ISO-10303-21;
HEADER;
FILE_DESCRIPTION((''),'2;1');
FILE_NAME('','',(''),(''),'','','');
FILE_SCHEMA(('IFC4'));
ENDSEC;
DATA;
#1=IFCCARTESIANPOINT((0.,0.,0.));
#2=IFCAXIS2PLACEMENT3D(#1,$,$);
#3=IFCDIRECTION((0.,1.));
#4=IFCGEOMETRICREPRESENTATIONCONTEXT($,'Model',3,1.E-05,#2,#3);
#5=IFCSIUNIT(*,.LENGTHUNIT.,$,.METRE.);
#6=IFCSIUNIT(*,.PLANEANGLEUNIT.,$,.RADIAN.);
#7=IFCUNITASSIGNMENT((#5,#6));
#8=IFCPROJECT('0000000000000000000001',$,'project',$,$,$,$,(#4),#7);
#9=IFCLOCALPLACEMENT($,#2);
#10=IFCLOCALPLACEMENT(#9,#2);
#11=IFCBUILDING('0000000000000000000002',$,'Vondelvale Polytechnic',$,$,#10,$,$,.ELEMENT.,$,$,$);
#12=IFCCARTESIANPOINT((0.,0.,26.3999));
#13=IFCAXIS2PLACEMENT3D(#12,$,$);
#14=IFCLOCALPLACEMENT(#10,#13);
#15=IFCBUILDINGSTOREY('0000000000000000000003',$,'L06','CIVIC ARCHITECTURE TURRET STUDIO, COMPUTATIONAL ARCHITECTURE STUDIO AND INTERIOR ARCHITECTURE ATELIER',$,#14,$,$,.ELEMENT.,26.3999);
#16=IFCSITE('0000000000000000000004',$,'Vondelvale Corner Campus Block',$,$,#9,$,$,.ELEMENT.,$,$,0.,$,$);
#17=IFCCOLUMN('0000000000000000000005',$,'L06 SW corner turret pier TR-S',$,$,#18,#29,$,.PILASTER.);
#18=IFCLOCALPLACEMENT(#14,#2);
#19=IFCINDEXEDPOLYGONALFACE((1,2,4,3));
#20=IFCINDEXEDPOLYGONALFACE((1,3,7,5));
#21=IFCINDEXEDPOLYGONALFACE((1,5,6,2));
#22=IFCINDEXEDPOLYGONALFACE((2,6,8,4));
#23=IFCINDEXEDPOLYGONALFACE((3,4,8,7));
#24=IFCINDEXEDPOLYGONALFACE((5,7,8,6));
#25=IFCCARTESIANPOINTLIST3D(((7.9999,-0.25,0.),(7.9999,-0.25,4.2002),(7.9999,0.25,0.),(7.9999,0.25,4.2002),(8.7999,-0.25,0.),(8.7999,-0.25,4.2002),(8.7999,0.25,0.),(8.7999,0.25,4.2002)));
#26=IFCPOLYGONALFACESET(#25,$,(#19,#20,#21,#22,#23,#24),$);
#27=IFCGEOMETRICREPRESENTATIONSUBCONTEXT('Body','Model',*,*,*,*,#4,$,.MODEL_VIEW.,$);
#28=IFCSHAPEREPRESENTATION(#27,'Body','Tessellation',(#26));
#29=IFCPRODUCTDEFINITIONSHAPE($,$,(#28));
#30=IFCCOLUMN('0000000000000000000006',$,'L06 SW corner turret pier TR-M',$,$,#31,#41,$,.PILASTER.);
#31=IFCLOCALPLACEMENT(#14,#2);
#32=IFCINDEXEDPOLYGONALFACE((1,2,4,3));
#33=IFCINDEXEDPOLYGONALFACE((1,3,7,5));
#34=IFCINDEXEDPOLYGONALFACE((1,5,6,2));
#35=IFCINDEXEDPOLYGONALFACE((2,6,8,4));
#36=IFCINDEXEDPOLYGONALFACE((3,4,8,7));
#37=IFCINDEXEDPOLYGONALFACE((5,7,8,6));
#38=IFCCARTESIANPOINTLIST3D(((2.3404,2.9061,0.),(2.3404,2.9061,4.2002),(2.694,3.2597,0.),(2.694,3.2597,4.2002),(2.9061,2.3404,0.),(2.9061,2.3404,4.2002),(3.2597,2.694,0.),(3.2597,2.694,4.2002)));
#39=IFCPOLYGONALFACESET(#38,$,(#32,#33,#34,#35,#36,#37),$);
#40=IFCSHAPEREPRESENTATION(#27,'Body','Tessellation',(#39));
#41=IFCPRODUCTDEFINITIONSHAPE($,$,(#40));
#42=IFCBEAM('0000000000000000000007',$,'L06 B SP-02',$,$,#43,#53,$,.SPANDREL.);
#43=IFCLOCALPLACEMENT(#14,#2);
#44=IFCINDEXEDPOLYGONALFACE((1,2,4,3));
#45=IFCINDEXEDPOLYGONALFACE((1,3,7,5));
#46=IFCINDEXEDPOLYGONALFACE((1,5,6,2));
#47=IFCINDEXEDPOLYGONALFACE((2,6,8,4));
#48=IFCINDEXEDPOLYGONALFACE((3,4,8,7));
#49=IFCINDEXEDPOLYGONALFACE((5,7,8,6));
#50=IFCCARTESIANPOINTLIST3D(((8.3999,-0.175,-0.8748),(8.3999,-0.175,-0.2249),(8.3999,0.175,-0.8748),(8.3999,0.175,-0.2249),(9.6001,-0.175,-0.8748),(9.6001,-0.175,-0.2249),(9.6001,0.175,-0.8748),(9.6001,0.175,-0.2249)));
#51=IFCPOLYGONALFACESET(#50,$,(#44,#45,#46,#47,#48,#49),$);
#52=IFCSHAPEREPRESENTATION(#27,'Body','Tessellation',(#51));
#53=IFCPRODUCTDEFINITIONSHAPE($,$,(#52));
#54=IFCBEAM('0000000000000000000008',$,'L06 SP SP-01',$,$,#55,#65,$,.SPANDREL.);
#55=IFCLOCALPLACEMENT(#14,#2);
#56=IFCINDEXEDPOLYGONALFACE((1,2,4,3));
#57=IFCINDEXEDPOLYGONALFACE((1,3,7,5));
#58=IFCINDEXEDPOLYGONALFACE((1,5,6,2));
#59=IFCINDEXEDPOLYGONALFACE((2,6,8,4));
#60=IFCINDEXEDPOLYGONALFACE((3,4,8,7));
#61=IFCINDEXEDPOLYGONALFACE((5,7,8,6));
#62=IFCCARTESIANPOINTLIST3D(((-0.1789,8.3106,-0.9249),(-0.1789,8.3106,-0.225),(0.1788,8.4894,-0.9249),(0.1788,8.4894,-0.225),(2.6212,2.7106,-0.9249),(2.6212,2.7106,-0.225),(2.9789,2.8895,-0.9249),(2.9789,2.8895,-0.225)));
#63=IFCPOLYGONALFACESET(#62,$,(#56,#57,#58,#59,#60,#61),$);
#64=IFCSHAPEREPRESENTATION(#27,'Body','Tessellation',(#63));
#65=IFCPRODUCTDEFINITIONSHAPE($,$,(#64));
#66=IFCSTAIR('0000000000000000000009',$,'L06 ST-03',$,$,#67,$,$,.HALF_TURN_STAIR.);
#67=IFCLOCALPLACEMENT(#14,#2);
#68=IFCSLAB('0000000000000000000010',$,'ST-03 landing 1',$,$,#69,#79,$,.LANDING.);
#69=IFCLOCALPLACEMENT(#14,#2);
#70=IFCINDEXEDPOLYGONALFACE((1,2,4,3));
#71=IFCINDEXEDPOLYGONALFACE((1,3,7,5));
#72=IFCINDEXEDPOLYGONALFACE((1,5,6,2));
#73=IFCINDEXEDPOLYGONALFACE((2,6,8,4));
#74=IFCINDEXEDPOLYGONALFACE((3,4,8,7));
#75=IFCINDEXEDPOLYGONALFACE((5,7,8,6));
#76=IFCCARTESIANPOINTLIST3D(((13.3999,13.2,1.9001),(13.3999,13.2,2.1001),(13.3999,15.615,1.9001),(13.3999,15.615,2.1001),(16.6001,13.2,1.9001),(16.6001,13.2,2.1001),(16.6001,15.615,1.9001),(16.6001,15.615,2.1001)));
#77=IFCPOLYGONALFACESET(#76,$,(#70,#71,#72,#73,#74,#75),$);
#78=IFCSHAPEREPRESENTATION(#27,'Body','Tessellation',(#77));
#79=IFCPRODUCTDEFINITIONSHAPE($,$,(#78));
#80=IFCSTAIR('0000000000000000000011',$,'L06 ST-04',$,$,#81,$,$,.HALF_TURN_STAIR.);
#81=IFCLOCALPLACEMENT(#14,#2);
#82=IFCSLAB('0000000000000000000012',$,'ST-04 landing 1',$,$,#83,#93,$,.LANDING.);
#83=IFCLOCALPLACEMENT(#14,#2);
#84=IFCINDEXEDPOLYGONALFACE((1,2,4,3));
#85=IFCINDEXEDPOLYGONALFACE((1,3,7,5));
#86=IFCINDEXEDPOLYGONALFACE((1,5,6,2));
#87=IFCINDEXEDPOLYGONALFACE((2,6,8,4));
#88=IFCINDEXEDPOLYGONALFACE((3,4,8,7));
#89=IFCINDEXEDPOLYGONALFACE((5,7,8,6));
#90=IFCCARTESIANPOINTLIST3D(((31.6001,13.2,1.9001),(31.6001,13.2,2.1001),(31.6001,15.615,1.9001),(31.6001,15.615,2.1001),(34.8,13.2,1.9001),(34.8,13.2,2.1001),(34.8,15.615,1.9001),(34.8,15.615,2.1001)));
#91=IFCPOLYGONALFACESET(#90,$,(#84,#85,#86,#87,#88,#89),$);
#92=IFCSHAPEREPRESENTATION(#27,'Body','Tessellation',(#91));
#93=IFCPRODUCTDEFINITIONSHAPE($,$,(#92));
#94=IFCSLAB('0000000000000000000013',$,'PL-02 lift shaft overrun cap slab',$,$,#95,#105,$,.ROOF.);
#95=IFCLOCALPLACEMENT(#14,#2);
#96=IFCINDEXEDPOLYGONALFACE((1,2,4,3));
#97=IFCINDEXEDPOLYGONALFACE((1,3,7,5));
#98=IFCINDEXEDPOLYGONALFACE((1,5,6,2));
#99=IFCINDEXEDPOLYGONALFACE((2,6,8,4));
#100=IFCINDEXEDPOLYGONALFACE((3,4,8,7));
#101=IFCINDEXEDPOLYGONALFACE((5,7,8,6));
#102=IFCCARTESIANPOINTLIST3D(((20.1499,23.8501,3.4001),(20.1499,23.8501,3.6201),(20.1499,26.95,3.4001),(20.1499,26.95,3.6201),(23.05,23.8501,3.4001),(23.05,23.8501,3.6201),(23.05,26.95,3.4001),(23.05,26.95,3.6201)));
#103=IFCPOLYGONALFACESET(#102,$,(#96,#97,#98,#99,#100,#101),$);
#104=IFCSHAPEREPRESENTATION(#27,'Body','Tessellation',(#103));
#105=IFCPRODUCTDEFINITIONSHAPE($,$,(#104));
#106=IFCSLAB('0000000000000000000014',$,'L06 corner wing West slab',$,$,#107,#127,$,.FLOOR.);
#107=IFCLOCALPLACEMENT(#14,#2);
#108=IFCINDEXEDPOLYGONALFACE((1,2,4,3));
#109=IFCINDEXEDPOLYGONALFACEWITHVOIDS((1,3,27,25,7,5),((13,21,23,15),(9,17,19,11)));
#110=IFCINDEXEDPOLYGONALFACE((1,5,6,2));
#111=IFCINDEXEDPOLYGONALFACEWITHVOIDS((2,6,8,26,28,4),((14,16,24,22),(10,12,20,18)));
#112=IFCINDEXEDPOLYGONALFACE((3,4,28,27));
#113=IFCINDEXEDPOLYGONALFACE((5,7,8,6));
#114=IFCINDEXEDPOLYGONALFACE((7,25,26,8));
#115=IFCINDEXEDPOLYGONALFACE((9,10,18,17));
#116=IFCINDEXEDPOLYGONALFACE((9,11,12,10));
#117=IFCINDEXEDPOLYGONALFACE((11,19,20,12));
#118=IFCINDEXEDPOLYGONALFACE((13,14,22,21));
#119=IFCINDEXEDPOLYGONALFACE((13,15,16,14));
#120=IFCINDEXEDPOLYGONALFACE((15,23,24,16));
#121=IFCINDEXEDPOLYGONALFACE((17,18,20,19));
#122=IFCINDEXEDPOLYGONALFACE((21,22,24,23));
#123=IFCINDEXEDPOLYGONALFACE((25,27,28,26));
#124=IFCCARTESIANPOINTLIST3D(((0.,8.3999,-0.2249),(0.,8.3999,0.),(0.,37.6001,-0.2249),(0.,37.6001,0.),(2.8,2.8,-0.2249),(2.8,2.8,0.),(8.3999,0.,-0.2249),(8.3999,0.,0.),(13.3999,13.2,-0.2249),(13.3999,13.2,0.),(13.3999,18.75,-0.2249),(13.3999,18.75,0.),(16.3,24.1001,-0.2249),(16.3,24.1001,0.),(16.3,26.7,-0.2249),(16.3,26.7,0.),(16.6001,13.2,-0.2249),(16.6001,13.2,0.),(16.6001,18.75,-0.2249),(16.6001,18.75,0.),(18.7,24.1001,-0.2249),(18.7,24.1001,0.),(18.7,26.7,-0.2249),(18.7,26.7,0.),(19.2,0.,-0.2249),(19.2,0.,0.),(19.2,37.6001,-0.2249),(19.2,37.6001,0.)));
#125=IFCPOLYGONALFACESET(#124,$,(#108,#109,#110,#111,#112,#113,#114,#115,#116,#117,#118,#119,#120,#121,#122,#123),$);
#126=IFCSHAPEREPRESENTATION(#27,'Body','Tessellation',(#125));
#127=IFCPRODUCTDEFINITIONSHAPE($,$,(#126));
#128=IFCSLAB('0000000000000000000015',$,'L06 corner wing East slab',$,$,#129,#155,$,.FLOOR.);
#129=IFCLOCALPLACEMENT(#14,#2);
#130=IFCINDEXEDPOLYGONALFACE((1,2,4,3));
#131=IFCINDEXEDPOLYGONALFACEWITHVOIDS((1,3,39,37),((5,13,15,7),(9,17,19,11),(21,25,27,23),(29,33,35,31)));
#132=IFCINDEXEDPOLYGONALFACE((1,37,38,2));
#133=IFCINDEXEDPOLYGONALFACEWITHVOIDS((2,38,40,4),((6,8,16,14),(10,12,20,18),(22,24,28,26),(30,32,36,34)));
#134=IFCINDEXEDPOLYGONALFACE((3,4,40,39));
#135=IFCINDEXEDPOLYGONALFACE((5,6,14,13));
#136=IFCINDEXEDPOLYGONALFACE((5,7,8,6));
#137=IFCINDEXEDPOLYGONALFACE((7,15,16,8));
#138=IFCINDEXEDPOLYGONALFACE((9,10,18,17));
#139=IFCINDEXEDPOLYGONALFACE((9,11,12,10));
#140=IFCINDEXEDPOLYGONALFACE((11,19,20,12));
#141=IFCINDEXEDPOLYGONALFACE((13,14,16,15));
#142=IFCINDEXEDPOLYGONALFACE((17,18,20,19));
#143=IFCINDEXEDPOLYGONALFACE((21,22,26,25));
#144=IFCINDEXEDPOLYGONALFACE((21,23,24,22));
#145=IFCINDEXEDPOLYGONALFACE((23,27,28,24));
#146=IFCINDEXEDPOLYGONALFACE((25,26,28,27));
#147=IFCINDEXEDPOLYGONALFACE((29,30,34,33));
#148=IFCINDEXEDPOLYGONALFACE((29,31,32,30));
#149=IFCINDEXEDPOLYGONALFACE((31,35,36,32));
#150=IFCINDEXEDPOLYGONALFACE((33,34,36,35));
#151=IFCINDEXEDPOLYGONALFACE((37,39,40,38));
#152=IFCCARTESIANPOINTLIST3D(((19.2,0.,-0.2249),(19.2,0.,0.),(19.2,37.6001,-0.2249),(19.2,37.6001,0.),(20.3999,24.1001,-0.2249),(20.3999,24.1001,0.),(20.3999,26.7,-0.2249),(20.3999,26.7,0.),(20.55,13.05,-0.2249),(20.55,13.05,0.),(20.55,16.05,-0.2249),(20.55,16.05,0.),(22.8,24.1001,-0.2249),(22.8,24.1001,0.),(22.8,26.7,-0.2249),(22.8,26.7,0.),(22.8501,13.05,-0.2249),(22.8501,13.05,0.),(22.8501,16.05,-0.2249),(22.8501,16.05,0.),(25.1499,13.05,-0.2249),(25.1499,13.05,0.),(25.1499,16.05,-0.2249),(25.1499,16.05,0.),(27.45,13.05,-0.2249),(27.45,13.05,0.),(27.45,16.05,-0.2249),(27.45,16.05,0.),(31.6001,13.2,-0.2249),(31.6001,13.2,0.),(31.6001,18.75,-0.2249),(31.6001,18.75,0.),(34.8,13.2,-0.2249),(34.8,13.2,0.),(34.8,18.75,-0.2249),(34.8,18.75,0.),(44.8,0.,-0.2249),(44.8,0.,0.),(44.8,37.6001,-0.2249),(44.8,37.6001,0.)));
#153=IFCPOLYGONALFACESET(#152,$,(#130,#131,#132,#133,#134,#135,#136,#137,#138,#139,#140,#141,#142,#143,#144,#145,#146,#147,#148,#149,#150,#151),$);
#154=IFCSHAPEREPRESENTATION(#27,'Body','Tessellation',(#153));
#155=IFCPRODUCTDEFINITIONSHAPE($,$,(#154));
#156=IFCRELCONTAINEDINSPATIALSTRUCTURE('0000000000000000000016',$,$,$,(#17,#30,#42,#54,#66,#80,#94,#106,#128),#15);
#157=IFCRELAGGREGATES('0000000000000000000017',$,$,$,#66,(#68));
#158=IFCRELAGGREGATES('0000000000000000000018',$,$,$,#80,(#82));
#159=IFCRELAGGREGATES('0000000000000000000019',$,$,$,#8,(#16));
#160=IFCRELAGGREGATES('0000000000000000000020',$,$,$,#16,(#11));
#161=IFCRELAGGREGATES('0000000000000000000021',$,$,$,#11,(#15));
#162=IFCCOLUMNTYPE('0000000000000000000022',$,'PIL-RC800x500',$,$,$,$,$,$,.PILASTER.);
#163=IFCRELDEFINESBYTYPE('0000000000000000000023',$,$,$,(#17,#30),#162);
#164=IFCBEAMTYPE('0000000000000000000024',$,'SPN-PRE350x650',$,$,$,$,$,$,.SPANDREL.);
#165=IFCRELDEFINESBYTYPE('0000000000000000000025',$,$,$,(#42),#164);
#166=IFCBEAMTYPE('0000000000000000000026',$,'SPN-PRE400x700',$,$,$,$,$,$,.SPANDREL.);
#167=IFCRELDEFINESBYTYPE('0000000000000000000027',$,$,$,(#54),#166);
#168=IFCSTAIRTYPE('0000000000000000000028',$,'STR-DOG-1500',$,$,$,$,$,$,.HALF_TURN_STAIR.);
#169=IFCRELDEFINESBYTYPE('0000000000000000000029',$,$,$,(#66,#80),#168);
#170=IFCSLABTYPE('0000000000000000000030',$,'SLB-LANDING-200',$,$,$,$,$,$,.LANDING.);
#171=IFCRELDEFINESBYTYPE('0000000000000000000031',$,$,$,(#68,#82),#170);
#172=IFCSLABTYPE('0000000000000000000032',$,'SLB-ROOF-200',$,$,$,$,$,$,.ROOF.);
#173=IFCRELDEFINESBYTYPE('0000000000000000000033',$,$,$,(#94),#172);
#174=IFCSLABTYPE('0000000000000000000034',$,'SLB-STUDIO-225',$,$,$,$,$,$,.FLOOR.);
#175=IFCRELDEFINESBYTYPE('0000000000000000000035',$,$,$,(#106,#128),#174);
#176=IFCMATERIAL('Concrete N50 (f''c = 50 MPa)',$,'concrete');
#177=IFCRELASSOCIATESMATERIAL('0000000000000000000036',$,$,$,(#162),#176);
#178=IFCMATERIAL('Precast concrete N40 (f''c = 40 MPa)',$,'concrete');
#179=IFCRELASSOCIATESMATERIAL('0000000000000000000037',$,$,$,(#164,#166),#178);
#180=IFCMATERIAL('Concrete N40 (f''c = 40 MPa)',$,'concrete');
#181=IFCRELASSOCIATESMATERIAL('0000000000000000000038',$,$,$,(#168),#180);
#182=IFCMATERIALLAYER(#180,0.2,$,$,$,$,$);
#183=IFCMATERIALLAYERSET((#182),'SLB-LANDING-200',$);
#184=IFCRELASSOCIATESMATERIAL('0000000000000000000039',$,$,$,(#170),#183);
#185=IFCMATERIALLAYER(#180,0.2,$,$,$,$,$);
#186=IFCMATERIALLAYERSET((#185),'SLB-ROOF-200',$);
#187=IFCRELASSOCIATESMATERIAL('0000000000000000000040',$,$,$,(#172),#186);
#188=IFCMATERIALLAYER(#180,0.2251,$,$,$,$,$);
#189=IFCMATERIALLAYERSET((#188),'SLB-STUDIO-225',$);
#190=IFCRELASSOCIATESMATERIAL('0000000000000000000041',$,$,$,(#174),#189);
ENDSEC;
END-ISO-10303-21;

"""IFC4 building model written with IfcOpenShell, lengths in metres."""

from ifc_helpers import new_model, si_unit, direction, frame, origin, origin_2d, place, context, subcontext, project, spatial, polyline, rectangle, outline, extrude, material, layer, layer_set, material_profile, profile_set, type_object, element, aggregate, save


model = new_model("IFC4")

# Units and contexts
model_context = context("Model", 3, precision=1e-05, world=origin(), true_north=direction((0.0, 1.0)))
body_context = subcontext(model_context, "Body", "Model", "MODEL_VIEW")
ifc_project = project(units=[si_unit("LENGTHUNIT", "METRE"), si_unit("PLANEANGLEUNIT", "RADIAN")], contexts=[model_context])

# Site, building, storey
site_placement = place(None, origin())
site = spatial("IfcSite", under=ifc_project, at=site_placement, Name="Vondelvale Corner Campus Block", CompositionType="ELEMENT", RefElevation=0.0)
building_placement = place(site_placement, origin())
building = spatial("IfcBuilding", under=site, at=building_placement, Name="Vondelvale Polytechnic", CompositionType="ELEMENT")
storey_placement = place(building_placement, frame((0.0, 0.0, 26.3999)))
storey = spatial("IfcBuildingStorey", under=building, at=storey_placement, Name="L06", Description="CIVIC ARCHITECTURE TURRET STUDIO, COMPUTATIONAL ARCHITECTURE STUDIO AND INTERIOR ARCHITECTURE ATELIER", CompositionType="ELEMENT", Elevation=26.3999)

# Columns
ifc_material_1 = material(Name="Concrete N50 (f'c = 50 MPa)", Category="concrete")
ifc_material_profile_1 = material_profile(ifc_material_1, rectangle(XDim=0.5, YDim=0.8, at=origin_2d()), Name="RC-PIL-800x500")
ifc_profile_set_1 = profile_set([ifc_material_profile_1], Name="Concrete N50 (f'c = 50 MPa)")
column_type = type_object("IfcColumnType", Name="PIL-RC800x500", PredefinedType="PILASTER", material=ifc_profile_set_1)
for number, where, z_axis, x_axis, name in (
    (1, (8.3999, 0.0, 0.0), (0.0, 0.0, 1.0), (0.0, 1.0, 0.0), "L06 SW corner turret pier TR-S"),
    (2, (2.8, 2.8, 0.0), (0.0, 0.0, 1.0), (0.707107, 0.707107, 0.0), "L06 SW corner turret pier TR-M"),
):
    element("IfcColumn", number, at=place(storey_placement, frame(where, z_axis=z_axis, x_axis=x_axis)), inside=storey, type_object=column_type, Name=name, PredefinedType="PILASTER", context=body_context, shape_type="SweptSolid", body=[
        extrude(rectangle(XDim=0.5, YDim=0.8, at=origin_2d()), origin(), (0.0, 0.0, 1.0), 4.2002),
    ])

# Beams
ifc_material_2 = material(Name="Precast concrete N40 (f'c = 40 MPa)", Category="concrete")
ifc_material_profile_2 = material_profile(ifc_material_2, rectangle(XDim=0.3501, YDim=0.6499, at=origin_2d()), Name="RC-SPN-350x650")
ifc_profile_set_2 = profile_set([ifc_material_profile_2], Name="Precast concrete N40 (f'c = 40 MPa)")
beam_type_1 = type_object("IfcBeamType", Name="SPN-PRE350x650", PredefinedType="SPANDREL", material=ifc_profile_set_2)
beam_1_placement = place(storey_placement, frame((8.3999, 0.0, -0.5498), z_axis=(1.0, 0.0, 0.0), x_axis=(0.0, 1.0, 0.0)))
element("IfcBeam", 3, at=beam_1_placement, inside=storey, type_object=beam_type_1, Name="L06 B SP-02", PredefinedType="SPANDREL", context=body_context, shape_type="SweptSolid", body=[
    extrude(rectangle(XDim=0.3501, YDim=0.6499, at=origin_2d()), origin(), (0.0, 0.0, 1.0), 1.2002),
])
ifc_material_profile_3 = material_profile(ifc_material_2, rectangle(XDim=0.3999, YDim=0.7, at=origin_2d()), Name="RC-SPN-400x700")
ifc_profile_set_3 = profile_set([ifc_material_profile_3], Name="Precast concrete N40 (f'c = 40 MPa)")
beam_type_2 = type_object("IfcBeamType", Name="SPN-PRE400x700", PredefinedType="SPANDREL", material=ifc_profile_set_3)
beam_2_placement = place(storey_placement, frame((2.8, 2.8, -0.575), z_axis=(-0.447229, 0.894419, 0.0), x_axis=(-0.894419, -0.447229, 0.0)))
element("IfcBeam", 4, at=beam_2_placement, inside=storey, type_object=beam_type_2, Name="L06 SP SP-01", PredefinedType="SPANDREL", context=body_context, shape_type="SweptSolid", body=[
    extrude(rectangle(XDim=0.3999, YDim=0.7, at=origin_2d()), origin(), (0.0, 0.0, 1.0), 6.261),
])

# Stairs, slabs
ifc_material_3 = material(Name="Concrete N40 (f'c = 40 MPa)", Category="concrete")
stair_type = type_object("IfcStairType", Name="STR-DOG-1500", PredefinedType="HALF_TURN_STAIR", material=ifc_material_3)
stair_1_placement = place(storey_placement, origin())
stair_1 = element("IfcStair", 5, at=stair_1_placement, inside=storey, type_object=stair_type, Name="L06 ST-03", PredefinedType="HALF_TURN_STAIR")
ifc_layer_1 = layer(ifc_material_3, 0.2)
ifc_layer_set_1 = layer_set([ifc_layer_1], Name="SLB-LANDING-200")
slab_type_1 = type_object("IfcSlabType", Name="SLB-LANDING-200", PredefinedType="LANDING", material=ifc_layer_set_1)
slab_1_placement = place(storey_placement, frame((0.0, 0.0, 1.9001)))
slab_1 = element("IfcSlab", 6, at=slab_1_placement, type_object=slab_type_1, Name="ST-03 landing 1", PredefinedType="LANDING", context=body_context, shape_type="SweptSolid", body=[
    extrude(outline(polyline([(13.3999, 15.615), (13.3999, 13.2), (16.6001, 13.2), (16.6001, 15.615), (13.3999, 15.615)])), origin(), (0.0, 0.0, 1.0), 0.2),
])
aggregate(stair_1, [slab_1])
stair_2_placement = place(storey_placement, origin())
stair_2 = element("IfcStair", 7, at=stair_2_placement, inside=storey, type_object=stair_type, Name="L06 ST-04", PredefinedType="HALF_TURN_STAIR")
slab_2_placement = place(storey_placement, frame((0.0, 0.0, 1.9001)))
slab_2 = element("IfcSlab", 8, at=slab_2_placement, type_object=slab_type_1, Name="ST-04 landing 1", PredefinedType="LANDING", context=body_context, shape_type="SweptSolid", body=[
    extrude(outline(polyline([(31.6001, 15.615), (31.6001, 13.2), (34.8, 13.2), (34.8, 15.615), (31.6001, 15.615)])), origin(), (0.0, 0.0, 1.0), 0.2),
])
aggregate(stair_2, [slab_2])

# Slabs
ifc_layer_2 = layer(ifc_material_3, 0.2)
ifc_layer_set_2 = layer_set([ifc_layer_2], Name="SLB-ROOF-200")
slab_type_2 = type_object("IfcSlabType", Name="SLB-ROOF-200", PredefinedType="ROOF", material=ifc_layer_set_2)
slab_3_placement = place(storey_placement, frame((0.0, 0.0, 3.4001)))
element("IfcSlab", 9, at=slab_3_placement, inside=storey, type_object=slab_type_2, Name="PL-02 lift shaft overrun cap slab", PredefinedType="ROOF", context=body_context, shape_type="SweptSolid", body=[
    extrude(outline(polyline([(20.1499, 23.8501), (23.05, 23.8501), (23.05, 26.95), (20.1499, 26.95), (20.1499, 23.8501)])), origin(), (0.0, 0.0, 1.0), 0.22),
])
ifc_layer_3 = layer(ifc_material_3, 0.2251)
ifc_layer_set_3 = layer_set([ifc_layer_3], Name="SLB-STUDIO-225")
slab_type_3 = type_object("IfcSlabType", Name="SLB-STUDIO-225", PredefinedType="FLOOR", material=ifc_layer_set_3)
slab_4_placement = place(storey_placement, frame((0.0, 0.0, -0.2249)))
element("IfcSlab", 10, at=slab_4_placement, inside=storey, type_object=slab_type_3, Name="L06 corner wing West slab", PredefinedType="FLOOR", context=body_context, shape_type="SweptSolid", body=[
    extrude(outline(polyline([(8.3999, 0.0), (19.2, 0.0), (19.2, 37.6001), (0.0, 37.6001), (0.0, 8.3999), (2.8, 2.8), (8.3999, 0.0)]), holes=[polyline([(13.3999, 18.75), (13.3999, 13.2), (16.6001, 13.2), (16.6001, 18.75), (13.3999, 18.75)]), polyline([(16.3, 24.1001), (18.7, 24.1001), (18.7, 26.7), (16.3, 26.7), (16.3, 24.1001)])]), origin(), (0.0, 0.0, 1.0), 0.2249),
])
slab_5_placement = place(storey_placement, frame((0.0, 0.0, -0.2249)))
element("IfcSlab", 11, at=slab_5_placement, inside=storey, type_object=slab_type_3, Name="L06 corner wing East slab", PredefinedType="FLOOR", context=body_context, shape_type="SweptSolid", body=[
    extrude(outline(polyline([(19.2, 0.0), (44.8, 0.0), (44.8, 37.6001), (19.2, 37.6001), (19.2, 0.0)]), holes=[polyline([(31.6001, 18.75), (31.6001, 13.2), (34.8, 13.2), (34.8, 18.75), (31.6001, 18.75)]), polyline([(20.55, 13.05), (22.8501, 13.05), (22.8501, 16.05), (20.55, 16.05), (20.55, 13.05)]), polyline([(25.1499, 13.05), (27.45, 13.05), (27.45, 16.05), (25.1499, 16.05), (25.1499, 13.05)]), polyline([(20.3999, 24.1001), (22.8, 24.1001), (22.8, 26.7), (20.3999, 26.7), (20.3999, 24.1001)])]), origin(), (0.0, 0.0, 1.0), 0.2249),
])

save(model, "model.ifc")
